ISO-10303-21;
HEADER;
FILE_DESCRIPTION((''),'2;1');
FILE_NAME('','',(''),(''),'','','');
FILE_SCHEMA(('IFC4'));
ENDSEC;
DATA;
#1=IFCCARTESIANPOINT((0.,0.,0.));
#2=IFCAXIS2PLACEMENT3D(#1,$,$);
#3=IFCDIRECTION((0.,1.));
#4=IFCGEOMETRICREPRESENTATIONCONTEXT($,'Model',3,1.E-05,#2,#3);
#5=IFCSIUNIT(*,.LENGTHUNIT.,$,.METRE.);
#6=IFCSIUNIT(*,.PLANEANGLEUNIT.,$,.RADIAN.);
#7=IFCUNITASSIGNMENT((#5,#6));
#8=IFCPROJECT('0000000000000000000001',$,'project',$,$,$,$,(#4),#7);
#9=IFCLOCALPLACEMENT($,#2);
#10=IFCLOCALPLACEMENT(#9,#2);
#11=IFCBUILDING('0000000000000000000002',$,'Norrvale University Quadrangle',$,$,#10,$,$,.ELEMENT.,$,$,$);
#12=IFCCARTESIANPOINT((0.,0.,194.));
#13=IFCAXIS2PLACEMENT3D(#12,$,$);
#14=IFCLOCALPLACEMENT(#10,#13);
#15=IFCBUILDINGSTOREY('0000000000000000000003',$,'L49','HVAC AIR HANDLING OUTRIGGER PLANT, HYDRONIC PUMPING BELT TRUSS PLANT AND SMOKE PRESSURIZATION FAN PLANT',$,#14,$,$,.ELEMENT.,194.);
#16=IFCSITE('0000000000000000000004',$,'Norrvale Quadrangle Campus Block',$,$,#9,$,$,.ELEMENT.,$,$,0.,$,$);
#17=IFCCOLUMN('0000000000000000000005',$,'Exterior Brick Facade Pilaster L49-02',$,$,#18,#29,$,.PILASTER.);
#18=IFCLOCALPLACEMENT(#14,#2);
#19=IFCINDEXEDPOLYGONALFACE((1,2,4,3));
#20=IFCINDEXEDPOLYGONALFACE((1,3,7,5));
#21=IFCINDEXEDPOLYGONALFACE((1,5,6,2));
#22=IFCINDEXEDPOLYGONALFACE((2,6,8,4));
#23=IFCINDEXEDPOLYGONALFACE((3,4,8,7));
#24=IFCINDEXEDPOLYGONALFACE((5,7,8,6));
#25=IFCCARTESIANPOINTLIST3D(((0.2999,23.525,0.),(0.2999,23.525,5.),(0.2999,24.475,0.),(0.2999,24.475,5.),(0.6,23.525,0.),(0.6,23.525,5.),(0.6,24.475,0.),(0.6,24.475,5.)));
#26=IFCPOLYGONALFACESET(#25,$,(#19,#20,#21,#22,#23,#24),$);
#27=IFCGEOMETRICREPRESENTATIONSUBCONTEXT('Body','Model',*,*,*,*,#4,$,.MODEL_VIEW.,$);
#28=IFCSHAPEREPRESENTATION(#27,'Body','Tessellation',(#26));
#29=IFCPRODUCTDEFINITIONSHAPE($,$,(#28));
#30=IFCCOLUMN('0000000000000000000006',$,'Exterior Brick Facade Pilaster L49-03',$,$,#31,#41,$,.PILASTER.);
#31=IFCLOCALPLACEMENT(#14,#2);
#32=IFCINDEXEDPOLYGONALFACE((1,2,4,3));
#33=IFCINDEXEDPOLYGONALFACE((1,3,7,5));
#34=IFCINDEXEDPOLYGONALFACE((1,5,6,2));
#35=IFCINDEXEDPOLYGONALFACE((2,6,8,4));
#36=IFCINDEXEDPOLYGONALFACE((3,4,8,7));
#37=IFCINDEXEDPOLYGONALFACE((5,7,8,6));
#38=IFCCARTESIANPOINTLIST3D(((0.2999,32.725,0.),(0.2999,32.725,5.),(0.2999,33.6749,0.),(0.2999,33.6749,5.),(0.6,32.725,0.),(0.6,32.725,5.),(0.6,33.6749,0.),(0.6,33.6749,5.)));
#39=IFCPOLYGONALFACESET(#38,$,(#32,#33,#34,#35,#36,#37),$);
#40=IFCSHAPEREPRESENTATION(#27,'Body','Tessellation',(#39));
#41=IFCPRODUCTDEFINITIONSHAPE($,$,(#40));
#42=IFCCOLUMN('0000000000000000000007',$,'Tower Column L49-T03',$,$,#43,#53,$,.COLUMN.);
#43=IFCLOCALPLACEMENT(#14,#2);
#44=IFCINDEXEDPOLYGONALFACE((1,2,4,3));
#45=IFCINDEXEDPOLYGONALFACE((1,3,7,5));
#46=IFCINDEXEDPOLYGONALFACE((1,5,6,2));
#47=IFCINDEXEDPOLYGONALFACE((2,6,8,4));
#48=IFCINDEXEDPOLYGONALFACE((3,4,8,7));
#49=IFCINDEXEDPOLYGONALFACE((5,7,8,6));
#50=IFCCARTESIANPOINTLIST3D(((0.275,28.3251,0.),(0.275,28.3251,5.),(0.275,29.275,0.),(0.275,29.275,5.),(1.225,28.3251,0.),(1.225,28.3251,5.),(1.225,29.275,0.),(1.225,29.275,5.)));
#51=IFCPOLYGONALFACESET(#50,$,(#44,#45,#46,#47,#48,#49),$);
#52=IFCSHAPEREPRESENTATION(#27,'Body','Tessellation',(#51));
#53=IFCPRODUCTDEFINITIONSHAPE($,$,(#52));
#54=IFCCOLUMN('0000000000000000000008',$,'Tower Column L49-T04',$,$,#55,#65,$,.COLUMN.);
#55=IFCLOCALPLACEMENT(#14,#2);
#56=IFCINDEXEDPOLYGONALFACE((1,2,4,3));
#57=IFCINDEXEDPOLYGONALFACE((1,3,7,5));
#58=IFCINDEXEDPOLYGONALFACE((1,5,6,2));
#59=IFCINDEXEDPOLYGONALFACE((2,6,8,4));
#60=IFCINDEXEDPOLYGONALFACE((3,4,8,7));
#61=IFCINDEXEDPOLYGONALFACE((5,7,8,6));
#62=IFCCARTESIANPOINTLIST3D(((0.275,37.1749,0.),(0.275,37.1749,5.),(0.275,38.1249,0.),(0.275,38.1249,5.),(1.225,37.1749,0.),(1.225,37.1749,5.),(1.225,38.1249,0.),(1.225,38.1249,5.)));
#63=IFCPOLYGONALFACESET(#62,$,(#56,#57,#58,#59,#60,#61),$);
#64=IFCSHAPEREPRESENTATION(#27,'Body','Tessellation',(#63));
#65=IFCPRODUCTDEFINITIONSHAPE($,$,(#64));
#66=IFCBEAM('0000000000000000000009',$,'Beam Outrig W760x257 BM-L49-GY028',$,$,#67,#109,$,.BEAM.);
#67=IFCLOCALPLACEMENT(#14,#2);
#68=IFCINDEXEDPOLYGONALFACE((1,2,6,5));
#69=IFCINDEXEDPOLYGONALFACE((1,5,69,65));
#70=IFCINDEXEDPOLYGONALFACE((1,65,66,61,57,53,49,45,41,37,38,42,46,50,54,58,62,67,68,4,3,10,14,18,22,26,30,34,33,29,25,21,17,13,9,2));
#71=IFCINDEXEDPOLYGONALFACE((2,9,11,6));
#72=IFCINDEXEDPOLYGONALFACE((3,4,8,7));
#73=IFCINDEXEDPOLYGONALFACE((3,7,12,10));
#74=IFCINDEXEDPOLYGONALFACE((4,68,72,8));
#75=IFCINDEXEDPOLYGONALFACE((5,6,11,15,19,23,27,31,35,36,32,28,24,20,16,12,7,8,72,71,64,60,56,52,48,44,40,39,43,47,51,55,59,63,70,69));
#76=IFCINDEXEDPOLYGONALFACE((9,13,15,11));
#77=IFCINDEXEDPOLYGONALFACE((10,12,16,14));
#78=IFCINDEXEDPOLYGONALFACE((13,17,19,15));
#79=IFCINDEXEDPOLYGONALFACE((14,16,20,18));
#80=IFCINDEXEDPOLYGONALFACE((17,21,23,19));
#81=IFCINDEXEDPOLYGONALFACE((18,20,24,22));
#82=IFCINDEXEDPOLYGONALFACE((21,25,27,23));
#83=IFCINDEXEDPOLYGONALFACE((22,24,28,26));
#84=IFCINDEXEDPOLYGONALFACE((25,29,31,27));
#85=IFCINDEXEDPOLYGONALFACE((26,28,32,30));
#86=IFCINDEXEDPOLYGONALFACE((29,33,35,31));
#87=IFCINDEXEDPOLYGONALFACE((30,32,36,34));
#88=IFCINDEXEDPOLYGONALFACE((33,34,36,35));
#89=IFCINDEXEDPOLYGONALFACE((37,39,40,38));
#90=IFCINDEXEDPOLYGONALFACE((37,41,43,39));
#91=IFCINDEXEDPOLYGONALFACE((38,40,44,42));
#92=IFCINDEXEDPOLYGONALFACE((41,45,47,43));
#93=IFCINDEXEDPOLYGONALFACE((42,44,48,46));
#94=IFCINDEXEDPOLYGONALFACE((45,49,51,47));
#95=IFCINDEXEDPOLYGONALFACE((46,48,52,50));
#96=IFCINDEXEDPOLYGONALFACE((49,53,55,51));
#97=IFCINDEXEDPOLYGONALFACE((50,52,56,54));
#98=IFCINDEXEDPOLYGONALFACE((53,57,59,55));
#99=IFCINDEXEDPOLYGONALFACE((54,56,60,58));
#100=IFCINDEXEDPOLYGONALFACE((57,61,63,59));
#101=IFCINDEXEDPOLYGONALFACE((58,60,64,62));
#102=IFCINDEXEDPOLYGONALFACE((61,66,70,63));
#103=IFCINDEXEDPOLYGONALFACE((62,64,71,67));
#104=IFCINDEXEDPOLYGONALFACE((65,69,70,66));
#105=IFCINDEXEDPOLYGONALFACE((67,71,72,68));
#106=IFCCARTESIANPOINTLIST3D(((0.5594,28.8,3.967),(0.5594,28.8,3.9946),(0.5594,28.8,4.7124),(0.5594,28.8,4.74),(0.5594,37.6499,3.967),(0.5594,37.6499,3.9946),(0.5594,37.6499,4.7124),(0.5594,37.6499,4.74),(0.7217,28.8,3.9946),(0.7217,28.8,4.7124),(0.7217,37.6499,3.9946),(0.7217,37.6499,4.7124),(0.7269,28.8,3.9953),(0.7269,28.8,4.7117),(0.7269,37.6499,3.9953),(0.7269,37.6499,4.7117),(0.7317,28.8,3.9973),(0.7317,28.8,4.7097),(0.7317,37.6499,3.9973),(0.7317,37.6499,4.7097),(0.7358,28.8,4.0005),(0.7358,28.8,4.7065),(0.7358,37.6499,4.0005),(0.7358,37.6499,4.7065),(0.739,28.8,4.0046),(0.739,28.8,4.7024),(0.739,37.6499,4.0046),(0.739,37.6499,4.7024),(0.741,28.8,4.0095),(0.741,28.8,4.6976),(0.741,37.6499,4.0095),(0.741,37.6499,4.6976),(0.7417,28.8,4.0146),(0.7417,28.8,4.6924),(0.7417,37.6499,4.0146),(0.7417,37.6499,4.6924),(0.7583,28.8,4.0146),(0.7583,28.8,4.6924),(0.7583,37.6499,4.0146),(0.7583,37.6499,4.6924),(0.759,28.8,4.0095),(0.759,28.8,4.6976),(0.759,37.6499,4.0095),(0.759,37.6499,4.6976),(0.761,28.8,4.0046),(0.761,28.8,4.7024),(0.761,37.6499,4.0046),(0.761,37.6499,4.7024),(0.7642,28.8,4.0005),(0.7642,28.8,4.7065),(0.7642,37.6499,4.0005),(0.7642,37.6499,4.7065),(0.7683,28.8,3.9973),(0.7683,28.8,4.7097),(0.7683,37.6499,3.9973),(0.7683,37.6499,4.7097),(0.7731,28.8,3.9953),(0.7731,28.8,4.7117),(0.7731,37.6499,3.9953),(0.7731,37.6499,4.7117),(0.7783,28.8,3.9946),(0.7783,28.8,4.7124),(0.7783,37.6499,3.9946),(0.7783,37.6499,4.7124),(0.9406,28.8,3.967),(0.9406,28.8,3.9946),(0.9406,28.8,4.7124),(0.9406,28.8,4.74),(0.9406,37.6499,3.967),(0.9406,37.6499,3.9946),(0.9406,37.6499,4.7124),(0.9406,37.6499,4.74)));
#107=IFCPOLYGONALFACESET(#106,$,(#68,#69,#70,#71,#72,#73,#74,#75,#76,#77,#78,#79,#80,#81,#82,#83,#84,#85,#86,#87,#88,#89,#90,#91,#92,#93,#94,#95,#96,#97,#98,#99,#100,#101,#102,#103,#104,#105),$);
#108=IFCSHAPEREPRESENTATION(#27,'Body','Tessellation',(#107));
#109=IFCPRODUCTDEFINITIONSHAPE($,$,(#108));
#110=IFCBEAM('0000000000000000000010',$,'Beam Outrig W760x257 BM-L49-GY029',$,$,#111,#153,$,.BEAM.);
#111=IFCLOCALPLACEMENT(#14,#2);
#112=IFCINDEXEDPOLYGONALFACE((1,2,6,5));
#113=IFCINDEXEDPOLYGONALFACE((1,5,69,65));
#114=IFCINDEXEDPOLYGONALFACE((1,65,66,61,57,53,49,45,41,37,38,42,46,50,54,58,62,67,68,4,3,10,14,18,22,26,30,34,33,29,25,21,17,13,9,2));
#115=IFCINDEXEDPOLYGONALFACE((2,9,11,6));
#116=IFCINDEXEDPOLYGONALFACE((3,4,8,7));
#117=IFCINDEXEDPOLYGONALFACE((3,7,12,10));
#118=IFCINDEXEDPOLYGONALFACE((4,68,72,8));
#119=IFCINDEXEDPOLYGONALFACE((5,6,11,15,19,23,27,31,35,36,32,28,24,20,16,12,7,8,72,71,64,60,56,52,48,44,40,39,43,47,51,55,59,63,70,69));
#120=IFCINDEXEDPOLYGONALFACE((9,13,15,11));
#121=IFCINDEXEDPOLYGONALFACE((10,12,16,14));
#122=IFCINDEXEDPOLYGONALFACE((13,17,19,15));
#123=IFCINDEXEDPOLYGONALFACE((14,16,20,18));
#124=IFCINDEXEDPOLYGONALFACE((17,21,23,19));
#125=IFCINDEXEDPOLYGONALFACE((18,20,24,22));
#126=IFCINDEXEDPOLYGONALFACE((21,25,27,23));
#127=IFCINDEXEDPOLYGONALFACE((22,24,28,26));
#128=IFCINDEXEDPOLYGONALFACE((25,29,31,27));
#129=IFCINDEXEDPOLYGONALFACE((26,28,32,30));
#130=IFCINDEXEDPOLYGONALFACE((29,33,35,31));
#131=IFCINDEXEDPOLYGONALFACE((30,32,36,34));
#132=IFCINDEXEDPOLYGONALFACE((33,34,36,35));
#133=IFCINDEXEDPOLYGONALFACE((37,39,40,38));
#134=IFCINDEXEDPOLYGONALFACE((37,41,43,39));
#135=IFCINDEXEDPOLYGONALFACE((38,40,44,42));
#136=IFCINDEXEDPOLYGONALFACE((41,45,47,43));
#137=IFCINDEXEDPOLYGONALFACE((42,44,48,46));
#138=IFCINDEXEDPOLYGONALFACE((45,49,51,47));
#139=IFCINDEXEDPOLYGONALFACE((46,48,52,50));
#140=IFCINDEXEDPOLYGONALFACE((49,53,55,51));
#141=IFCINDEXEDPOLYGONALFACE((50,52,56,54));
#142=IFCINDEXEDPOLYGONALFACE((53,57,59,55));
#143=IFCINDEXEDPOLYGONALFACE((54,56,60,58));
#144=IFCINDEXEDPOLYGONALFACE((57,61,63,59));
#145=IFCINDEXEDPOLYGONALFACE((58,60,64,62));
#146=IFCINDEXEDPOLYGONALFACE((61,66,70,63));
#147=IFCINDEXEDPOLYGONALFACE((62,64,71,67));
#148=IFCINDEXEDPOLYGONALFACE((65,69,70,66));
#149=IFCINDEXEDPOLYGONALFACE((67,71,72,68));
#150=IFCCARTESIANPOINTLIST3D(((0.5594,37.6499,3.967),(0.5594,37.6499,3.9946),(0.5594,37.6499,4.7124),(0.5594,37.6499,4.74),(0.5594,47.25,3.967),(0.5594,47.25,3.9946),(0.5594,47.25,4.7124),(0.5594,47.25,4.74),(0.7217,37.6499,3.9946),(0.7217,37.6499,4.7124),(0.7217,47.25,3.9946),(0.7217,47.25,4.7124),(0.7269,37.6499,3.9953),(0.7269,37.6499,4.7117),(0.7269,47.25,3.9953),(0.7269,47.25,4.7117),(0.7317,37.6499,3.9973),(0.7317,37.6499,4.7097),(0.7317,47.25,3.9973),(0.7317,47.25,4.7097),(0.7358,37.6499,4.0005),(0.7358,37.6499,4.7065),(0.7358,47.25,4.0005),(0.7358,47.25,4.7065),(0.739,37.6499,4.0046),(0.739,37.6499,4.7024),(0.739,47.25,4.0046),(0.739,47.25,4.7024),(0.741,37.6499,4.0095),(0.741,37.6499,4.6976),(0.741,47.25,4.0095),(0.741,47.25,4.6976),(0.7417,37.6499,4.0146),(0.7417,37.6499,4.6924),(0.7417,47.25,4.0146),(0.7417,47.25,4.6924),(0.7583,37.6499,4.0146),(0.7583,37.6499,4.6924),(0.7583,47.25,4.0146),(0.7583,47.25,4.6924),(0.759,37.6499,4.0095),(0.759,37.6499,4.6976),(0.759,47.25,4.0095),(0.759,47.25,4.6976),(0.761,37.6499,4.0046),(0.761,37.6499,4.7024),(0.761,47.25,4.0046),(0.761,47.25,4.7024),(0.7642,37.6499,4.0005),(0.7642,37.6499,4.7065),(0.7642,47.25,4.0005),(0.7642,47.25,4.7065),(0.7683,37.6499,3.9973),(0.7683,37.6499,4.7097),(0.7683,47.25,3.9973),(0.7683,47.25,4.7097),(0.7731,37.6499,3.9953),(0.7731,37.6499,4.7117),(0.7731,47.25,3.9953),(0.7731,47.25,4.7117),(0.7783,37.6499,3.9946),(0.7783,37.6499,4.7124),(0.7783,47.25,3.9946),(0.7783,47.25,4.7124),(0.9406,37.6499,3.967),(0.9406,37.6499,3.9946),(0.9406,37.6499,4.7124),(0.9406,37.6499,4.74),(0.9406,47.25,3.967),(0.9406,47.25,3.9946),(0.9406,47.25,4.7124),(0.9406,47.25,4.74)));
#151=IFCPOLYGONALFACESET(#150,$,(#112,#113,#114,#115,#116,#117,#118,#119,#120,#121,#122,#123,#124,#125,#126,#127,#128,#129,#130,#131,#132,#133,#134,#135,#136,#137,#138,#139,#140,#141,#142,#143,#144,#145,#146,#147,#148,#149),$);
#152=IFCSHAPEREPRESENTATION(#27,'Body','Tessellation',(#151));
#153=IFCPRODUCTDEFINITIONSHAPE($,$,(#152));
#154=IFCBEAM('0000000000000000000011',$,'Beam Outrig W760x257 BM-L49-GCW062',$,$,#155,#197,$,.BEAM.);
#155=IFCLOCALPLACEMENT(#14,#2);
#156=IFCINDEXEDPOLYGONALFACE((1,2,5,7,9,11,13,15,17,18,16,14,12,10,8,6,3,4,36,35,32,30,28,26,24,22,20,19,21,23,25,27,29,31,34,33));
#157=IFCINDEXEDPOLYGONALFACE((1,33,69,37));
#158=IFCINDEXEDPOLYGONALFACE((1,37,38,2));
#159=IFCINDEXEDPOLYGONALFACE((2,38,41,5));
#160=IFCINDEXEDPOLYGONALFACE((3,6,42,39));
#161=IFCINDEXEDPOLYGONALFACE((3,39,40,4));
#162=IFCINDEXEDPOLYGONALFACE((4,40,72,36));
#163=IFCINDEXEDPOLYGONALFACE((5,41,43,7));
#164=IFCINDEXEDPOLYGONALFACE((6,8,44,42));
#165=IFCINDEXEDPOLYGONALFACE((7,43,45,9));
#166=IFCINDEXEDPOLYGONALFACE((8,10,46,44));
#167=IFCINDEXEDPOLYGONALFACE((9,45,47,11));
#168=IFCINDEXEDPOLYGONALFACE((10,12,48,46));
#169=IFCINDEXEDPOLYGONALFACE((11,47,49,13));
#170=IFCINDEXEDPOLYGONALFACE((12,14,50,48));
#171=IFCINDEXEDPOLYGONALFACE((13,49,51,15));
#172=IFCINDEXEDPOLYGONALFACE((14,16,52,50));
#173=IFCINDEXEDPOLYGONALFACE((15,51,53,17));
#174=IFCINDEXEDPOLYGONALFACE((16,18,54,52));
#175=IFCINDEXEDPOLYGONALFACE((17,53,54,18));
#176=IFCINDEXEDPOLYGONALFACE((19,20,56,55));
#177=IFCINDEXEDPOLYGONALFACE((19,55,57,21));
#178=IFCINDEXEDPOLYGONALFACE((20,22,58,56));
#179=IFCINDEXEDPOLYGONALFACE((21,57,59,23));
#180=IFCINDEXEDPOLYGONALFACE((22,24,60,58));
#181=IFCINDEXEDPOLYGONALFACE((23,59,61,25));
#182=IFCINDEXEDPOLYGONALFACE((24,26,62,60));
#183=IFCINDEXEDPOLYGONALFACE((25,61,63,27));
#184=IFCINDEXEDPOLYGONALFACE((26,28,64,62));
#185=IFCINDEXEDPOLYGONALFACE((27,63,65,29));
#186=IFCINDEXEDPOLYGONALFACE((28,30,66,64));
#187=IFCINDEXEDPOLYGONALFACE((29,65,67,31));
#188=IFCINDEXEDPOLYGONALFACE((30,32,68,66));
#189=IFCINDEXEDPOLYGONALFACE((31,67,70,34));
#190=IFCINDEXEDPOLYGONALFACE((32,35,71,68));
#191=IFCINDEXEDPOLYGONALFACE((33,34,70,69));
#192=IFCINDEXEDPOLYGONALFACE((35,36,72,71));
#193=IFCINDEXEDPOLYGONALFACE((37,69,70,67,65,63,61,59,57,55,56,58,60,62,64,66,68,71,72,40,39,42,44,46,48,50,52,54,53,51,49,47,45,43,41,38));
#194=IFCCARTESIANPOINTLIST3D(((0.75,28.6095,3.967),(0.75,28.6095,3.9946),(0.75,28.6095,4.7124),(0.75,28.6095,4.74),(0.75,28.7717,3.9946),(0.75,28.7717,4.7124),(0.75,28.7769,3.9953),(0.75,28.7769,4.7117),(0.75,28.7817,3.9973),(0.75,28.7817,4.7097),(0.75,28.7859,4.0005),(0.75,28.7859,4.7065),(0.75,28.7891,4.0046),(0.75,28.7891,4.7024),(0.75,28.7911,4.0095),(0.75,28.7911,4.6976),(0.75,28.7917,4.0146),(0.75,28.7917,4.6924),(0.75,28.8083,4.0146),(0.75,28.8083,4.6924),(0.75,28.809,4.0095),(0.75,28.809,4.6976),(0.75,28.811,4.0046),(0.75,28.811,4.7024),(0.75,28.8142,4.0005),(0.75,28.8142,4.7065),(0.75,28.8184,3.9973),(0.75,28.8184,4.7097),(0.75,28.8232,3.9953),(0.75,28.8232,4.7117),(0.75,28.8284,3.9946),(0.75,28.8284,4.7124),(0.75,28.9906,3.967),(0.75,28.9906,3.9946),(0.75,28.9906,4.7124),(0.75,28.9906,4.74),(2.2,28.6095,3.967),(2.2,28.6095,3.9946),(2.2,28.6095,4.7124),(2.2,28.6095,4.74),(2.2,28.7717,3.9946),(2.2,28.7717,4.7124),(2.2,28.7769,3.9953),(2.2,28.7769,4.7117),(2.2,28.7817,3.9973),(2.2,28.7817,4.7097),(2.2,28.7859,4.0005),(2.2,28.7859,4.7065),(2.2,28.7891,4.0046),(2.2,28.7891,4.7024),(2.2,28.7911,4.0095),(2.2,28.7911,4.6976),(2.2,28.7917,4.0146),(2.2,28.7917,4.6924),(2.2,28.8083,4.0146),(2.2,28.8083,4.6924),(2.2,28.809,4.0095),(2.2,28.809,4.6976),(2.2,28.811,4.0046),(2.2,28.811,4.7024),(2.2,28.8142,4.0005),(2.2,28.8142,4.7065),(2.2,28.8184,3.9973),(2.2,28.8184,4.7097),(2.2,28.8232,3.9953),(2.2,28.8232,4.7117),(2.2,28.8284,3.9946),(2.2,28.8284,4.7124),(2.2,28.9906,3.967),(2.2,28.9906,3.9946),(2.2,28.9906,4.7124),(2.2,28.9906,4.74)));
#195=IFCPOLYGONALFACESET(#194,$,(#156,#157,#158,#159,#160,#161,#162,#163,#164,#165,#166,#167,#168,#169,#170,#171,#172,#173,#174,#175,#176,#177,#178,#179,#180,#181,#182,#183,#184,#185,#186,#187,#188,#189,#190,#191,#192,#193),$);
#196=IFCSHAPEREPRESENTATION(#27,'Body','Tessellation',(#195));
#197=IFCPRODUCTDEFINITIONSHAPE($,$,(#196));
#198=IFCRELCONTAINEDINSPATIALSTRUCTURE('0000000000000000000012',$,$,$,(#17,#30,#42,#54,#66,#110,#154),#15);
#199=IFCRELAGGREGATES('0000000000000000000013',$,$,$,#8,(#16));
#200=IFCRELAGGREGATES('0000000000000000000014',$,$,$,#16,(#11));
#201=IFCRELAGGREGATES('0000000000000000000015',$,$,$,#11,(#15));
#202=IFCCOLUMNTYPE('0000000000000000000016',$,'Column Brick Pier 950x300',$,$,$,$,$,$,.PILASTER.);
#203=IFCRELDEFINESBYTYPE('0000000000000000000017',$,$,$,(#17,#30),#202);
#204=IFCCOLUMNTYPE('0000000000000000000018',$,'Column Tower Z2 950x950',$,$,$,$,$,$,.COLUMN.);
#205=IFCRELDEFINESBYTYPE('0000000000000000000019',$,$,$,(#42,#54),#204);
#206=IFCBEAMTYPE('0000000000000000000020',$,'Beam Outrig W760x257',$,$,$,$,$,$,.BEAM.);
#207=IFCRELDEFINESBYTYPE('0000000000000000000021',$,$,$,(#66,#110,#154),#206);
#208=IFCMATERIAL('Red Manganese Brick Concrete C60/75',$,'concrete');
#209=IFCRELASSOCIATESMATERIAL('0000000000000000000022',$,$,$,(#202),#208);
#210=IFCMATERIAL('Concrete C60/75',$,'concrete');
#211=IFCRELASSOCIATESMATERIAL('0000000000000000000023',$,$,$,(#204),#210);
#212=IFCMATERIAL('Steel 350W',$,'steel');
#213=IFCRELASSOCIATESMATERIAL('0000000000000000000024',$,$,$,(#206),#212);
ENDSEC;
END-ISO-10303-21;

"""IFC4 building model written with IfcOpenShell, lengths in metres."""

from ifc_helpers import new_model, si_unit, direction, frame, origin, origin_2d, place, context, subcontext, project, spatial, rectangle, i_section, extrude, material, material_profile, profile_set, type_object, element, save


model = new_model("IFC4")

# Units and contexts
model_context = context("Model", 3, precision=1e-05, world=origin(), true_north=direction((0.0, 1.0)))
body_context = subcontext(model_context, "Body", "Model", "MODEL_VIEW")
ifc_project = project(units=[si_unit("LENGTHUNIT", "METRE"), si_unit("PLANEANGLEUNIT", "RADIAN")], contexts=[model_context])

# Site, building, storey
site_placement = place(None, origin())
site = spatial("IfcSite", under=ifc_project, at=site_placement, Name="Norrvale Quadrangle Campus Block", CompositionType="ELEMENT", RefElevation=0.0)
building_placement = place(site_placement, origin())
building = spatial("IfcBuilding", under=site, at=building_placement, Name="Norrvale University Quadrangle", CompositionType="ELEMENT")
storey_placement = place(building_placement, frame((0.0, 0.0, 194.0)))
storey = spatial("IfcBuildingStorey", under=building, at=storey_placement, Name="L49", Description="HVAC AIR HANDLING OUTRIGGER PLANT, HYDRONIC PUMPING BELT TRUSS PLANT AND SMOKE PRESSURIZATION FAN PLANT", CompositionType="ELEMENT", Elevation=194.0)

# Columns
ifc_material_1 = material(Name="Red Manganese Brick Concrete C60/75", Category="concrete")
ifc_material_profile_1 = material_profile(ifc_material_1, rectangle(XDim=0.95, YDim=0.3, at=origin_2d()), Name="Red Manganese Brick Concrete C60/75")
ifc_profile_set_1 = profile_set([ifc_material_profile_1], Name="Red Manganese Brick Concrete C60/75")
column_type_1 = type_object("IfcColumnType", Name="Column Brick Pier 950x300", PredefinedType="PILASTER", material=ifc_profile_set_1)
for number, where, z_axis, x_axis, name in (
    (1, (0.45, 24.0, 0.0), (0.0, 0.0, 1.0), (0.0, 1.0, 0.0), "Exterior Brick Facade Pilaster L49-02"),
    (2, (0.45, 33.2, 0.0), (0.0, 0.0, 1.0), (0.0, 1.0, 0.0), "Exterior Brick Facade Pilaster L49-03"),
):
    element("IfcColumn", number, at=place(storey_placement, frame(where, z_axis=z_axis, x_axis=x_axis)), inside=storey, type_object=column_type_1, Name=name, PredefinedType="PILASTER", context=body_context, shape_type="SweptSolid", body=[
        extrude(rectangle(XDim=0.95, YDim=0.3, at=origin_2d()), origin(), (0.0, 0.0, 1.0), 5.0),
    ])
ifc_material_2 = material(Name="Concrete C60/75", Category="concrete")
ifc_material_profile_2 = material_profile(ifc_material_2, rectangle(XDim=0.95, YDim=0.95, at=origin_2d()), Name="Concrete C60/75")
ifc_profile_set_2 = profile_set([ifc_material_profile_2], Name="Concrete C60/75")
column_type_2 = type_object("IfcColumnType", Name="Column Tower Z2 950x950", PredefinedType="COLUMN", material=ifc_profile_set_2)
for number, where, z_axis, x_axis, name in (
    (3, (0.75, 28.8, 0.0), (0.0, 0.0, 1.0), (1.0, 0.0, 0.0), "Tower Column L49-T03"),
    (4, (0.75, 37.6499, 0.0), (0.0, 0.0, 1.0), (1.0, 0.0, 0.0), "Tower Column L49-T04"),
):
    element("IfcColumn", number, at=place(storey_placement, frame(where, z_axis=z_axis, x_axis=x_axis)), inside=storey, type_object=column_type_2, Name=name, PredefinedType="COLUMN", context=body_context, shape_type="SweptSolid", body=[
        extrude(rectangle(XDim=0.95, YDim=0.95, at=origin_2d()), origin(), (0.0, 0.0, 1.0), 5.0),
    ])

# Beams
ifc_material_3 = material(Name="Steel 350W", Category="steel")
ifc_material_profile_3 = material_profile(ifc_material_3, i_section(OverallWidth=0.3811, OverallDepth=0.7729, WebThickness=0.0166, FlangeThickness=0.0276, FilletRadius=0.02, at=origin_2d()), Name="Steel 350W")
ifc_profile_set_3 = profile_set([ifc_material_profile_3], Name="Steel 350W")
beam_type = type_object("IfcBeamType", Name="Beam Outrig W760x257", PredefinedType="BEAM", material=ifc_profile_set_3)
beam_1_placement = place(storey_placement, frame((0.75, 28.8, 4.3535), z_axis=(0.0, 1.0, 0.0), x_axis=(-1.0, 0.0, 0.0)))
element("IfcBeam", 5, at=beam_1_placement, inside=storey, type_object=beam_type, Name="Beam Outrig W760x257 BM-L49-GY028", PredefinedType="BEAM", context=body_context, shape_type="SweptSolid", body=[
    extrude(i_section(OverallWidth=0.3811, OverallDepth=0.7729, WebThickness=0.0166, FlangeThickness=0.0276, FilletRadius=0.02, at=origin_2d()), origin(), (0.0, 0.0, 1.0), 8.8499),
])
beam_2_placement = place(storey_placement, frame((0.75, 37.6499, 4.3535), z_axis=(0.0, 1.0, 0.0), x_axis=(-1.0, 0.0, 0.0)))
element("IfcBeam", 6, at=beam_2_placement, inside=storey, type_object=beam_type, Name="Beam Outrig W760x257 BM-L49-GY029", PredefinedType="BEAM", context=body_context, shape_type="SweptSolid", body=[
    extrude(i_section(OverallWidth=0.3811, OverallDepth=0.7729, WebThickness=0.0166, FlangeThickness=0.0276, FilletRadius=0.02, at=origin_2d()), origin(), (0.0, 0.0, 1.0), 9.6001),
])
for number, where, z_axis, x_axis, name in (
    (7, (0.75, 28.8, 4.3535), (1.0, 0.0, 0.0), (0.0, 1.0, 0.0), "Beam Outrig W760x257 BM-L49-GCW062"),
):
    element("IfcBeam", number, at=place(storey_placement, frame(where, z_axis=z_axis, x_axis=x_axis)), inside=storey, type_object=beam_type, Name=name, PredefinedType="BEAM", context=body_context, shape_type="SweptSolid", body=[
        extrude(i_section(OverallWidth=0.3811, OverallDepth=0.7729, WebThickness=0.0166, FlangeThickness=0.0276, FilletRadius=0.02, at=origin_2d()), origin(), (0.0, 0.0, 1.0), 1.45),
    ])

save(model, "model.ifc")
